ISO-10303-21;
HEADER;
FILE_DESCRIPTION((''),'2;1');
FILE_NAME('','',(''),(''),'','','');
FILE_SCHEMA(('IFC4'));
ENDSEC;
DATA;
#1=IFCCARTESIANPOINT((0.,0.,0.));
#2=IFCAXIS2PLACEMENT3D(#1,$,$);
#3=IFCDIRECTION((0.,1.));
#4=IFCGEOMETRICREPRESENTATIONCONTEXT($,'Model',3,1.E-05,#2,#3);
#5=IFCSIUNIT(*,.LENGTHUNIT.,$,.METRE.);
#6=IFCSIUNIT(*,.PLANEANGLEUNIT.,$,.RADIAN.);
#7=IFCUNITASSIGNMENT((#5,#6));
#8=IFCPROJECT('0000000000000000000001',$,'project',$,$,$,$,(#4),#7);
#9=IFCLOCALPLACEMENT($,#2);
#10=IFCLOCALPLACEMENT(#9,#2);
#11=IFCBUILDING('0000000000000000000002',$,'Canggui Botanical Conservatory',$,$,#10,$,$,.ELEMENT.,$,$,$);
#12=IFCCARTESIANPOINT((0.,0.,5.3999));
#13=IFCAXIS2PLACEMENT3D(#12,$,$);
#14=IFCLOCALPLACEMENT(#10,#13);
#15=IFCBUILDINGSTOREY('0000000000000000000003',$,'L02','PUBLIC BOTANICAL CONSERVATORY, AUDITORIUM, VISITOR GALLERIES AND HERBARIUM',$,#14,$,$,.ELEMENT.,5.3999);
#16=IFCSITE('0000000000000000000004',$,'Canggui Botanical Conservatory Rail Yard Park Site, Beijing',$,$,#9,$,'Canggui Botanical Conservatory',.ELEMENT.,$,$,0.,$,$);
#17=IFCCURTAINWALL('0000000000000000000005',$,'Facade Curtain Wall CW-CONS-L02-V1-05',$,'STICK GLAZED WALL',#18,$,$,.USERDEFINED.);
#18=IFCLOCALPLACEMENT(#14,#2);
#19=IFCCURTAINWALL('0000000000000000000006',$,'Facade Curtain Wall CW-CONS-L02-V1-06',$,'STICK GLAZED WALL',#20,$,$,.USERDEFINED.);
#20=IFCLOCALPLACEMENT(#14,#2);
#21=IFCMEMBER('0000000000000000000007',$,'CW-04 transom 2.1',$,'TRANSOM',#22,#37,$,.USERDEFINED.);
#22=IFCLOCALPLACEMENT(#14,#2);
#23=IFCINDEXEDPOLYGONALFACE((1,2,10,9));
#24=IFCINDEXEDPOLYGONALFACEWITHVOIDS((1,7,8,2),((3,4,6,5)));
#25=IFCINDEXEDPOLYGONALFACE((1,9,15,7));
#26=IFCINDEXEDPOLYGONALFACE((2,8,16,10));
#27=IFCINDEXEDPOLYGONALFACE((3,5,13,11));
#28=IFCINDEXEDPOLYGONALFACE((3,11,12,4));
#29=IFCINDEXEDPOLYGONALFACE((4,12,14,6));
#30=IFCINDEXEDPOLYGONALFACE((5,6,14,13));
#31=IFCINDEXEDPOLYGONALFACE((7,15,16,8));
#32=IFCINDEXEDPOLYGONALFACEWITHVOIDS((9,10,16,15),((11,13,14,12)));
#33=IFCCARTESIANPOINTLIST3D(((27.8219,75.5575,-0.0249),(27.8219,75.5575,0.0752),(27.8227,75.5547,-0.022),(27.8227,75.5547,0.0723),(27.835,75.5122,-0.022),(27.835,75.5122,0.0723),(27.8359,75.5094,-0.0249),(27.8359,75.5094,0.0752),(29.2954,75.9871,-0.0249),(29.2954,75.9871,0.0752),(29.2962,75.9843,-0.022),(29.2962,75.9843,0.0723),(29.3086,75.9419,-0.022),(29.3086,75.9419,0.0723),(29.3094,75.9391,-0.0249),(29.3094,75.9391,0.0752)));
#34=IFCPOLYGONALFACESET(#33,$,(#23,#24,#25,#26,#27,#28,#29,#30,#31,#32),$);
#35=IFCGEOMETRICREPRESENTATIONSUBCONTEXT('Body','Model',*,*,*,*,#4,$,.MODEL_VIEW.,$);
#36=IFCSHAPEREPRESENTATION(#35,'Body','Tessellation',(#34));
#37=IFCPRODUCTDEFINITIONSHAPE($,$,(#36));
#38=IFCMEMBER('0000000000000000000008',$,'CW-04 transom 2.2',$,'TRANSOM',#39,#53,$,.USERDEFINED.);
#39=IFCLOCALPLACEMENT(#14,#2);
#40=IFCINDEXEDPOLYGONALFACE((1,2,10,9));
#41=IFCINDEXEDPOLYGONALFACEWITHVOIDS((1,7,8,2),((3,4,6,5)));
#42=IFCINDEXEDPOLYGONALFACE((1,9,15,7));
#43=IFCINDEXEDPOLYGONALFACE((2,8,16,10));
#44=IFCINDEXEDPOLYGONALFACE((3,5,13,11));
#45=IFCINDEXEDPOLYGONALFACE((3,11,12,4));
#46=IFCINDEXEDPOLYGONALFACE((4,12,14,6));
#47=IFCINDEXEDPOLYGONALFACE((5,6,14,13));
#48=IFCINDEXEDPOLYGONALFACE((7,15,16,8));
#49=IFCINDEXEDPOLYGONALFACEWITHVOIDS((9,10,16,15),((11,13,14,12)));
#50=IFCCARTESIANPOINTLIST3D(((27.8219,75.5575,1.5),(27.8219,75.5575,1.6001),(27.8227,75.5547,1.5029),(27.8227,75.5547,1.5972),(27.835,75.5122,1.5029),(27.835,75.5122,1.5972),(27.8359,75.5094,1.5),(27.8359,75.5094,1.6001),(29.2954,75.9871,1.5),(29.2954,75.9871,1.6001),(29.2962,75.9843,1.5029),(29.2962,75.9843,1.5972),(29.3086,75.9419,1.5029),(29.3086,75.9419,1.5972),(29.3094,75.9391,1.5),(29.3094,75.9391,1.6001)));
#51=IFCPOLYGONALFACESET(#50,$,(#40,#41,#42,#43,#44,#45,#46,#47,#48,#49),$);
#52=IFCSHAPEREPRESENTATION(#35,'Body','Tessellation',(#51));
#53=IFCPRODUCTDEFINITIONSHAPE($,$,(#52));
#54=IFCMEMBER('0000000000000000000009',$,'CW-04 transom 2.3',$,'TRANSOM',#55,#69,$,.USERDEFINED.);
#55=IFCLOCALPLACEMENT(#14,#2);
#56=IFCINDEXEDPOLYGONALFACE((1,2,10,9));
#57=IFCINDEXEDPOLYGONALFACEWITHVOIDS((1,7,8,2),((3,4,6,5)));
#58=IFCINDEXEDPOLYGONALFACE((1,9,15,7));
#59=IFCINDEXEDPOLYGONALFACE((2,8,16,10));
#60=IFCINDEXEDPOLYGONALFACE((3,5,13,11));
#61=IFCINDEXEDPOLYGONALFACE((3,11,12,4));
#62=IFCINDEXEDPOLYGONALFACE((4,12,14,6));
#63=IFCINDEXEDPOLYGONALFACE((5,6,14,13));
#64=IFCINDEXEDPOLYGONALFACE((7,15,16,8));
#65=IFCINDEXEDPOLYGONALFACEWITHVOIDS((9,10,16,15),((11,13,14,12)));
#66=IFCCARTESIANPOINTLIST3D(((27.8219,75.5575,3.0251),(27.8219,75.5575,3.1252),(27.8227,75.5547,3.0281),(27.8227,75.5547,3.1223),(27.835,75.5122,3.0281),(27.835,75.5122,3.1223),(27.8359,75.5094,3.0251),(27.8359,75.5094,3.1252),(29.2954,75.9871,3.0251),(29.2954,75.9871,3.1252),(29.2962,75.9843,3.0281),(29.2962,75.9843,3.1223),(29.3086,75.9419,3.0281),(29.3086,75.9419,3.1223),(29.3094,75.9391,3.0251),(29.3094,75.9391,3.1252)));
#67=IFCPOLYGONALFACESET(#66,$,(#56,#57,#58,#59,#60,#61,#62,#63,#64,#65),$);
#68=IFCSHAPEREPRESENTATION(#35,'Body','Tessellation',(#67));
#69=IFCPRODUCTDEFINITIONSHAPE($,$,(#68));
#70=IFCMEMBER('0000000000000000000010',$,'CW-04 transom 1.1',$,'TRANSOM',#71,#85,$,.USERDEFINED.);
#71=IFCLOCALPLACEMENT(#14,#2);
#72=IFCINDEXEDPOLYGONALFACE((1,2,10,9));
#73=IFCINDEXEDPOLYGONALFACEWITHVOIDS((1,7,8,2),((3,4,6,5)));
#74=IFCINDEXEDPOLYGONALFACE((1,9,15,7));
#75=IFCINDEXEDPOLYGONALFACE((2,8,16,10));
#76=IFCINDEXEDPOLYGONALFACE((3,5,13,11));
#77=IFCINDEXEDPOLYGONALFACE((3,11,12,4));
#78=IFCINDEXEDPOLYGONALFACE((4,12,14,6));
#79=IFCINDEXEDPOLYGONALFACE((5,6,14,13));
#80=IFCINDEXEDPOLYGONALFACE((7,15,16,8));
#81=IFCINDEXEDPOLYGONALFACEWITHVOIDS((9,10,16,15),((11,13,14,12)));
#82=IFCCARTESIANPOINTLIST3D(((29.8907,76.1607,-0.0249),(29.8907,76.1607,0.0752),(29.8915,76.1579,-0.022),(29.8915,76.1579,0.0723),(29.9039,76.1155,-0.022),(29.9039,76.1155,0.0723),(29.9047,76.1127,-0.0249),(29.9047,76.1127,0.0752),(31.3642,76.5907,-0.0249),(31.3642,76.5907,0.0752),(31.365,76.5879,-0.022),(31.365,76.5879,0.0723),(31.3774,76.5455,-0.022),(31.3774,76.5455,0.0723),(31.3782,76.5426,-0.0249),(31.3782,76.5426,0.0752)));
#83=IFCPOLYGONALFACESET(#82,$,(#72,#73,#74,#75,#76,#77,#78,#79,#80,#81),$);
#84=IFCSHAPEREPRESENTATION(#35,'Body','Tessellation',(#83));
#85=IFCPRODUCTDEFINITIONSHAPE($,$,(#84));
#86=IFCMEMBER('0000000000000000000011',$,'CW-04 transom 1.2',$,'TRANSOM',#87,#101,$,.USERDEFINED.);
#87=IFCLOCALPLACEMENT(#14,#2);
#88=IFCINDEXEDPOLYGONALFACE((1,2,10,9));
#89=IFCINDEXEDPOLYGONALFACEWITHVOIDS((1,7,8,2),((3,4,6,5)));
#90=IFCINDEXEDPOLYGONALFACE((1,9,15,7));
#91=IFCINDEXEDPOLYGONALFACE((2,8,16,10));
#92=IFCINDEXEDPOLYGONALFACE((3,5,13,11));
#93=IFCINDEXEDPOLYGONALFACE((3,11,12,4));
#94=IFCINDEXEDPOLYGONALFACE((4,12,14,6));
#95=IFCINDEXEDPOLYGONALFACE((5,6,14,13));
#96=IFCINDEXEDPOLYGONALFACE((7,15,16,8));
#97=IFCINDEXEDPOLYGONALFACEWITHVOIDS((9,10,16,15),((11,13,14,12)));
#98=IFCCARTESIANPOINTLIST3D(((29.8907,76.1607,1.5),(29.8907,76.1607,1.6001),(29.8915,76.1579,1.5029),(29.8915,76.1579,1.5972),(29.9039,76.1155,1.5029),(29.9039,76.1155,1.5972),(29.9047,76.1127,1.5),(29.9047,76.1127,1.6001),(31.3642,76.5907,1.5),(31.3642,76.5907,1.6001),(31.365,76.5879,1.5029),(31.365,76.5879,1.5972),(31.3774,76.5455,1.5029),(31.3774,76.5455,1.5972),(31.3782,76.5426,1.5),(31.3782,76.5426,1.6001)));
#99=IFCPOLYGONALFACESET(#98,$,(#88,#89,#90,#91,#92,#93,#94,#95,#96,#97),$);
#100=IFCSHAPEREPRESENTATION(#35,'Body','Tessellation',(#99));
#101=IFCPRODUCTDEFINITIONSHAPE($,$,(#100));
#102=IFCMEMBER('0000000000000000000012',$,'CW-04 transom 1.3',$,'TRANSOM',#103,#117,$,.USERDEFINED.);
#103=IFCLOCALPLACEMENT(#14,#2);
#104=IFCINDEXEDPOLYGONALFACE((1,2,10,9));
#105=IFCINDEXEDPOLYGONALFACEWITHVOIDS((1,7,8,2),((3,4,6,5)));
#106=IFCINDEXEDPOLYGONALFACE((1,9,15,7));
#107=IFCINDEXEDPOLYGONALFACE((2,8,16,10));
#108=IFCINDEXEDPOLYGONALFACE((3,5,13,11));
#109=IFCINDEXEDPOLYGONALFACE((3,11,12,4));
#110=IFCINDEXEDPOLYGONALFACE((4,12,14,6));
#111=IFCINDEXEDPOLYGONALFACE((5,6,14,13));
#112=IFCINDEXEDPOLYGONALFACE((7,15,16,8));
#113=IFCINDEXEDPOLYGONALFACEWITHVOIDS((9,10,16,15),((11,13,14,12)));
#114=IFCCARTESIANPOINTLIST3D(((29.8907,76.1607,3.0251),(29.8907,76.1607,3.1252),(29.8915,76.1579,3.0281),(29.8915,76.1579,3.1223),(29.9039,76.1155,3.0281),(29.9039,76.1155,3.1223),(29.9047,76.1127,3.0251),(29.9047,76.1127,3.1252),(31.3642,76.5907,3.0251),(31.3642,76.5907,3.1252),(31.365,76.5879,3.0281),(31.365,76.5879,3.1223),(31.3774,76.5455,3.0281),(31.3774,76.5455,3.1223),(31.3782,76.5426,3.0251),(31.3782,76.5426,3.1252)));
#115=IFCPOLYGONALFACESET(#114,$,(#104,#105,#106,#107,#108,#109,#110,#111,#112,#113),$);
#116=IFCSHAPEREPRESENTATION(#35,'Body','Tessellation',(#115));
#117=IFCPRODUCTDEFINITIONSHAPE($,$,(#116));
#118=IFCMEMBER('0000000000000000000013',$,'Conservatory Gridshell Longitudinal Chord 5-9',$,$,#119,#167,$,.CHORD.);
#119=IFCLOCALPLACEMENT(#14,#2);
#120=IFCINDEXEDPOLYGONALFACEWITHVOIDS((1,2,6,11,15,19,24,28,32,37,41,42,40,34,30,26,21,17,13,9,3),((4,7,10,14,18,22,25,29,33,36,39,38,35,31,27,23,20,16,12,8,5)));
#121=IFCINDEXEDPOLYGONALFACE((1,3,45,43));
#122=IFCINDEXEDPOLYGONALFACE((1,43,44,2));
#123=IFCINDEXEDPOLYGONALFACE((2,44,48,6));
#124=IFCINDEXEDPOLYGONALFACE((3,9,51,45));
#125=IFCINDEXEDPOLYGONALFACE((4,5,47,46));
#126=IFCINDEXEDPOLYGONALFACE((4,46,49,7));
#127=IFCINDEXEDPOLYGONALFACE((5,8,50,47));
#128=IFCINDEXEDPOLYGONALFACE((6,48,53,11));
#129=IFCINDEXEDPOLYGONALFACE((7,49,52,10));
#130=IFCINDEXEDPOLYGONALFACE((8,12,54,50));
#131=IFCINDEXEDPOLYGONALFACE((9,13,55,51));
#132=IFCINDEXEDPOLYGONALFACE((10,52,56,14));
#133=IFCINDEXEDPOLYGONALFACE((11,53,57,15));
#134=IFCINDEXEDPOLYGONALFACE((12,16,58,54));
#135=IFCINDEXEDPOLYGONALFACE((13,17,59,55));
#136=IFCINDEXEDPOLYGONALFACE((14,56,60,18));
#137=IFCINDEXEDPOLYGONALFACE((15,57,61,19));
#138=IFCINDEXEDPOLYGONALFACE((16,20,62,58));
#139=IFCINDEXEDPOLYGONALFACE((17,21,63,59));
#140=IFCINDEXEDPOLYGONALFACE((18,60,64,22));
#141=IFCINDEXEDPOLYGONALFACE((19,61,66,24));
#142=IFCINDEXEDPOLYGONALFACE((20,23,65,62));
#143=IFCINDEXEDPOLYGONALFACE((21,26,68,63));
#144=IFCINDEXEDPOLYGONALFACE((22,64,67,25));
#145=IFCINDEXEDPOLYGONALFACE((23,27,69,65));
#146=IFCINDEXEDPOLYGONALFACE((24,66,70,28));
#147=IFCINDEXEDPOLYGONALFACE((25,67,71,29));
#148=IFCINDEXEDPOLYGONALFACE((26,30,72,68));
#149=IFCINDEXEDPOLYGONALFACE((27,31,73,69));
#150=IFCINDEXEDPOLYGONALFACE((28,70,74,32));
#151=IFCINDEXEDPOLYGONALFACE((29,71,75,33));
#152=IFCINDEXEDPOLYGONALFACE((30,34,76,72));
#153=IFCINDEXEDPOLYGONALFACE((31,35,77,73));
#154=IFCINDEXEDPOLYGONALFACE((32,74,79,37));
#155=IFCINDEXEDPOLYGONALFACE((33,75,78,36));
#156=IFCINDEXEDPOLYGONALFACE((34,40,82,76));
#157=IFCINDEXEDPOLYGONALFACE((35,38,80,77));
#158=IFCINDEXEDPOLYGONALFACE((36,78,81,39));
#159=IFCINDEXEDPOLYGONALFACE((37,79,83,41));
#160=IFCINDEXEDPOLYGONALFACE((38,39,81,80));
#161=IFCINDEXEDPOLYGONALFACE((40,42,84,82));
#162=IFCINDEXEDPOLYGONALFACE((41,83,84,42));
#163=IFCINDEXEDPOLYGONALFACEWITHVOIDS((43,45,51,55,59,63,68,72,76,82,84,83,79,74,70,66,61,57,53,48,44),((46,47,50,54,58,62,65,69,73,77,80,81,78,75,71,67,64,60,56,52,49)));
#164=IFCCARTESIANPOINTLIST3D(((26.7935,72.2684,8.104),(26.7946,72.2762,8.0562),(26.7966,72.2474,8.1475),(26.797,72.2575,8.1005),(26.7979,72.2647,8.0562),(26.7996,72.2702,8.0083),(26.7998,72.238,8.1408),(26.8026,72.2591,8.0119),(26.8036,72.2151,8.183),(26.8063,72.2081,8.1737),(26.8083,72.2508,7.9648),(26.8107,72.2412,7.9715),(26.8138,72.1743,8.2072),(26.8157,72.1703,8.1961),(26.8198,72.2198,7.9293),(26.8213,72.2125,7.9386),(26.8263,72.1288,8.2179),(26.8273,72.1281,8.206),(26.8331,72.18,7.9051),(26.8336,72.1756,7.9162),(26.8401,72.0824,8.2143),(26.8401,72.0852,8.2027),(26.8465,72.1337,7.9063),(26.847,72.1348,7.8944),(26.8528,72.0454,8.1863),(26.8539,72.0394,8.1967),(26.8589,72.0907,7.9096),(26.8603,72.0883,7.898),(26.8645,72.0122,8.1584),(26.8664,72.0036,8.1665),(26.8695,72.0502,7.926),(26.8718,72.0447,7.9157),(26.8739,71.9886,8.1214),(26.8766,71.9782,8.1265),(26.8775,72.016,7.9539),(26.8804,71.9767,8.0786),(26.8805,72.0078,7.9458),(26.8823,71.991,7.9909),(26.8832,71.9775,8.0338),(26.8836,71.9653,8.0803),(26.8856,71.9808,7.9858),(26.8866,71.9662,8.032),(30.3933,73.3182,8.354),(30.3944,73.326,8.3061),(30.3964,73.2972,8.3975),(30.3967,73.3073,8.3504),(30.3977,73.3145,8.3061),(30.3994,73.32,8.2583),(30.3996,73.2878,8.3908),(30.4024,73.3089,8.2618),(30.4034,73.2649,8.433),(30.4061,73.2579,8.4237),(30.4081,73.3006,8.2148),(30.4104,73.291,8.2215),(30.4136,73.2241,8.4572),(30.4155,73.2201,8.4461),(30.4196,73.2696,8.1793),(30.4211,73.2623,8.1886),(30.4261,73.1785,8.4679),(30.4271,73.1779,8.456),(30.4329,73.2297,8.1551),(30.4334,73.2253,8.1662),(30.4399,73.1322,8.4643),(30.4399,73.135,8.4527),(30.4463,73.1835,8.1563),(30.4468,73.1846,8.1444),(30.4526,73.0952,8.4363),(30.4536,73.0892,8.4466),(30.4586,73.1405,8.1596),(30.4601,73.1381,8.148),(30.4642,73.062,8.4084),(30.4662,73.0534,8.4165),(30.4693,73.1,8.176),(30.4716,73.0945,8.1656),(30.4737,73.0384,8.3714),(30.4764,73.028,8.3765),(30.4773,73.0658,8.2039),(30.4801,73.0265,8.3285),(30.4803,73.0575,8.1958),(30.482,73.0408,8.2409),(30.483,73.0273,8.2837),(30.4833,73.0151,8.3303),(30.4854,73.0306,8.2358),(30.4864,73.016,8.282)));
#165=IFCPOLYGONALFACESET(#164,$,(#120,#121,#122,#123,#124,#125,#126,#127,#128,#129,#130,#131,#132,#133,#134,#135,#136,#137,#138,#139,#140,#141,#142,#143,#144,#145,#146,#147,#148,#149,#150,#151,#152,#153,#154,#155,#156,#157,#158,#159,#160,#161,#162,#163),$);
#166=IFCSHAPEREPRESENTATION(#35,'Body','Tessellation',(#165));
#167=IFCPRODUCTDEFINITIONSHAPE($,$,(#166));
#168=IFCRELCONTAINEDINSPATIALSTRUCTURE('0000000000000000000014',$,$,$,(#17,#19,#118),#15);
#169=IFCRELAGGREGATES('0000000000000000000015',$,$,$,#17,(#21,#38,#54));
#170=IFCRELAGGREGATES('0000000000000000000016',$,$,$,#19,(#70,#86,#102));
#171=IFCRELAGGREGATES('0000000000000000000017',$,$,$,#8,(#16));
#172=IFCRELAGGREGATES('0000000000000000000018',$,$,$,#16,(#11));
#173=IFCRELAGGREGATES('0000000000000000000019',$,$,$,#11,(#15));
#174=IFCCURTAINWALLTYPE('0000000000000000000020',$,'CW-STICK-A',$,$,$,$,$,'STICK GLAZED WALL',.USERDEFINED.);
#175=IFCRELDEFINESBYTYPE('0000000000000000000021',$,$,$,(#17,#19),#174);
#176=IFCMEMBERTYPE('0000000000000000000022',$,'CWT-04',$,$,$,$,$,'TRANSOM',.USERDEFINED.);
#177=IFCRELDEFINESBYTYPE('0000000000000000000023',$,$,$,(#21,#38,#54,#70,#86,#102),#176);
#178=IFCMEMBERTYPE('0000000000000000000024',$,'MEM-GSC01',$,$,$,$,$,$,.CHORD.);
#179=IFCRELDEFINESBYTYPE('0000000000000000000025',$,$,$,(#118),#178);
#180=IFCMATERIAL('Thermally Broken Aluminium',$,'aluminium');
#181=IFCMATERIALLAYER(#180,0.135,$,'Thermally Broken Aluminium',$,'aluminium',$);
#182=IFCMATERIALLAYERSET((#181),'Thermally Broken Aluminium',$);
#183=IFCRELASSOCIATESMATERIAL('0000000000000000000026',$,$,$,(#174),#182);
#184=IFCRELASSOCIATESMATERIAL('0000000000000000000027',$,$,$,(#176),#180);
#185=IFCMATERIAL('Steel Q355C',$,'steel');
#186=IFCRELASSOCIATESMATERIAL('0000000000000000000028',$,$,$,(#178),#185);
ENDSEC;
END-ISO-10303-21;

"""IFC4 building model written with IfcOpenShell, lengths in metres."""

from ifc_helpers import new_model, si_unit, direction, frame, origin, origin_2d, place, context, subcontext, project, spatial, hollow_rectangle, hollow_circle, extrude, material, layer, layer_set, material_profile, profile_set, type_object, element, aggregate, save


model = new_model("IFC4")

# Units and contexts
model_context = context("Model", 3, precision=1e-05, world=origin(), true_north=direction((0.0, 1.0)))
body_context = subcontext(model_context, "Body", "Model", "MODEL_VIEW")
ifc_project = project(units=[si_unit("LENGTHUNIT", "METRE"), si_unit("PLANEANGLEUNIT", "RADIAN")], contexts=[model_context])

# Site, building, storey
site_placement = place(None, origin())
site = spatial("IfcSite", under=ifc_project, at=site_placement, Name="Canggui Botanical Conservatory Rail Yard Park Site, Beijing", LongName="Canggui Botanical Conservatory", CompositionType="ELEMENT", RefElevation=0.0)
building_placement = place(site_placement, origin())
building = spatial("IfcBuilding", under=site, at=building_placement, Name="Canggui Botanical Conservatory", CompositionType="ELEMENT")
storey_placement = place(building_placement, frame((0.0, 0.0, 5.3999)))
storey = spatial("IfcBuildingStorey", under=building, at=storey_placement, Name="L02", Description="PUBLIC BOTANICAL CONSERVATORY, AUDITORIUM, VISITOR GALLERIES AND HERBARIUM", CompositionType="ELEMENT", Elevation=5.3999)

# Shared definitions
ifc_material_1 = material(Name="Steel Q355C", Category="steel")

# Curtain wall
ifc_material_2 = material(Name="Thermally Broken Aluminium", Category="aluminium")
ifc_layer_1 = layer(ifc_material_2, 0.135, Name="Thermally Broken Aluminium", Category="aluminium")
ifc_layer_set_1 = layer_set([ifc_layer_1], Name="Thermally Broken Aluminium")
curtain_wall_type = type_object("IfcCurtainWallType", Name="CW-STICK-A", ElementType="STICK GLAZED WALL", PredefinedType="USERDEFINED", material=ifc_layer_set_1)
curtain_wall_1_placement = place(storey_placement, origin())
curtain_wall_1 = element("IfcCurtainWall", 1, at=curtain_wall_1_placement, inside=storey, type_object=curtain_wall_type, Name="Facade Curtain Wall CW-CONS-L02-V1-05", ObjectType="STICK GLAZED WALL", PredefinedType="USERDEFINED")

# Curtain wall
curtain_wall_2_placement = place(storey_placement, origin())
curtain_wall_2 = element("IfcCurtainWall", 2, at=curtain_wall_2_placement, inside=storey, type_object=curtain_wall_type, Name="Facade Curtain Wall CW-CONS-L02-V1-06", ObjectType="STICK GLAZED WALL", PredefinedType="USERDEFINED")

# Members
ifc_material_profile_1 = material_profile(ifc_material_2, hollow_rectangle(XDim=0.05, YDim=0.1001, WallThickness=0.0029, at=origin_2d()), Name="CWT 50x100x3")
ifc_profile_set_1 = profile_set([ifc_material_profile_1], Name="Thermally Broken Aluminium")
member_type_1 = type_object("IfcMemberType", Name="CWT-04", ElementType="TRANSOM", PredefinedType="USERDEFINED", material=ifc_profile_set_1)
member_1_placement = place(storey_placement, frame((27.8289, 75.5334, 0.0251), z_axis=(0.960021, 0.279927, 0.0), x_axis=(-0.279927, 0.960021, 0.0)))
member_1 = element("IfcMember", 3, at=member_1_placement, type_object=member_type_1, Name="CW-04 transom 2.1", ObjectType="TRANSOM", PredefinedType="USERDEFINED", context=body_context, shape_type="SweptSolid", body=[
    extrude(hollow_rectangle(XDim=0.05, YDim=0.1001, WallThickness=0.0029, at=origin_2d()), origin(), (0.0, 0.0, 1.0), 1.5349),
])
member_2_placement = place(storey_placement, frame((27.8289, 75.5334, 1.55), z_axis=(0.960021, 0.279927, 0.0), x_axis=(-0.279927, 0.960021, 0.0)))
member_2 = element("IfcMember", 4, at=member_2_placement, type_object=member_type_1, Name="CW-04 transom 2.2", ObjectType="TRANSOM", PredefinedType="USERDEFINED", context=body_context, shape_type="SweptSolid", body=[
    extrude(hollow_rectangle(XDim=0.05, YDim=0.1001, WallThickness=0.0029, at=origin_2d()), origin(), (0.0, 0.0, 1.0), 1.5349),
])
member_3_placement = place(storey_placement, frame((27.8289, 75.5334, 3.0752), z_axis=(0.960021, 0.279927, 0.0), x_axis=(-0.279927, 0.960021, 0.0)))
member_3 = element("IfcMember", 5, at=member_3_placement, type_object=member_type_1, Name="CW-04 transom 2.3", ObjectType="TRANSOM", PredefinedType="USERDEFINED", context=body_context, shape_type="SweptSolid", body=[
    extrude(hollow_rectangle(XDim=0.05, YDim=0.1001, WallThickness=0.0029, at=origin_2d()), origin(), (0.0, 0.0, 1.0), 1.5349),
])
member_4_placement = place(storey_placement, frame((29.8977, 76.1367, 0.0251), z_axis=(0.959966, 0.280116, 0.0), x_axis=(-0.280116, 0.959966, 0.0)))
member_4 = element("IfcMember", 6, at=member_4_placement, type_object=member_type_1, Name="CW-04 transom 1.1", ObjectType="TRANSOM", PredefinedType="USERDEFINED", context=body_context, shape_type="SweptSolid", body=[
    extrude(hollow_rectangle(XDim=0.05, YDim=0.1001, WallThickness=0.0029, at=origin_2d()), origin(), (0.0, 0.0, 1.0), 1.5349),
])
member_5_placement = place(storey_placement, frame((29.8977, 76.1367, 1.55), z_axis=(0.959966, 0.280116, 0.0), x_axis=(-0.280116, 0.959966, 0.0)))
member_5 = element("IfcMember", 7, at=member_5_placement, type_object=member_type_1, Name="CW-04 transom 1.2", ObjectType="TRANSOM", PredefinedType="USERDEFINED", context=body_context, shape_type="SweptSolid", body=[
    extrude(hollow_rectangle(XDim=0.05, YDim=0.1001, WallThickness=0.0029, at=origin_2d()), origin(), (0.0, 0.0, 1.0), 1.5349),
])
member_6_placement = place(storey_placement, frame((29.8977, 76.1367, 3.0752), z_axis=(0.959966, 0.280116, 0.0), x_axis=(-0.280116, 0.959966, 0.0)))
member_6 = element("IfcMember", 8, at=member_6_placement, type_object=member_type_1, Name="CW-04 transom 1.3", ObjectType="TRANSOM", PredefinedType="USERDEFINED", context=body_context, shape_type="SweptSolid", body=[
    extrude(hollow_rectangle(XDim=0.05, YDim=0.1001, WallThickness=0.0029, at=origin_2d()), origin(), (0.0, 0.0, 1.0), 1.5349),
])

# Member
ifc_material_profile_2 = material_profile(ifc_material_1, hollow_circle(Radius=0.1626, WallThickness=0.012, at=origin_2d()), Name="CHS 325x12")
ifc_profile_set_2 = profile_set([ifc_material_profile_2], Name="Steel Q355C")
member_type_2 = type_object("IfcMemberType", Name="MEM-GSC01", PredefinedType="CHORD", material=ifc_profile_set_2)
member_7_placement = place(storey_placement, frame((26.8401, 72.1201, 8.0562), z_axis=(0.957884, 0.279342, 0.066522), x_axis=(-0.279962, 0.960011, 0.0)))
element("IfcMember", 9, at=member_7_placement, inside=storey, type_object=member_type_2, Name="Conservatory Gridshell Longitudinal Chord 5-9", PredefinedType="CHORD", context=body_context, shape_type="SweptSolid", body=[
    extrude(hollow_circle(Radius=0.1626, WallThickness=0.012, at=origin_2d()), origin(), (0.0, 0.0, 1.0), 3.7581),
])

aggregate(curtain_wall_1, [member_1, member_2, member_3])
aggregate(curtain_wall_2, [member_4, member_5, member_6])

save(model, "model.ifc")
